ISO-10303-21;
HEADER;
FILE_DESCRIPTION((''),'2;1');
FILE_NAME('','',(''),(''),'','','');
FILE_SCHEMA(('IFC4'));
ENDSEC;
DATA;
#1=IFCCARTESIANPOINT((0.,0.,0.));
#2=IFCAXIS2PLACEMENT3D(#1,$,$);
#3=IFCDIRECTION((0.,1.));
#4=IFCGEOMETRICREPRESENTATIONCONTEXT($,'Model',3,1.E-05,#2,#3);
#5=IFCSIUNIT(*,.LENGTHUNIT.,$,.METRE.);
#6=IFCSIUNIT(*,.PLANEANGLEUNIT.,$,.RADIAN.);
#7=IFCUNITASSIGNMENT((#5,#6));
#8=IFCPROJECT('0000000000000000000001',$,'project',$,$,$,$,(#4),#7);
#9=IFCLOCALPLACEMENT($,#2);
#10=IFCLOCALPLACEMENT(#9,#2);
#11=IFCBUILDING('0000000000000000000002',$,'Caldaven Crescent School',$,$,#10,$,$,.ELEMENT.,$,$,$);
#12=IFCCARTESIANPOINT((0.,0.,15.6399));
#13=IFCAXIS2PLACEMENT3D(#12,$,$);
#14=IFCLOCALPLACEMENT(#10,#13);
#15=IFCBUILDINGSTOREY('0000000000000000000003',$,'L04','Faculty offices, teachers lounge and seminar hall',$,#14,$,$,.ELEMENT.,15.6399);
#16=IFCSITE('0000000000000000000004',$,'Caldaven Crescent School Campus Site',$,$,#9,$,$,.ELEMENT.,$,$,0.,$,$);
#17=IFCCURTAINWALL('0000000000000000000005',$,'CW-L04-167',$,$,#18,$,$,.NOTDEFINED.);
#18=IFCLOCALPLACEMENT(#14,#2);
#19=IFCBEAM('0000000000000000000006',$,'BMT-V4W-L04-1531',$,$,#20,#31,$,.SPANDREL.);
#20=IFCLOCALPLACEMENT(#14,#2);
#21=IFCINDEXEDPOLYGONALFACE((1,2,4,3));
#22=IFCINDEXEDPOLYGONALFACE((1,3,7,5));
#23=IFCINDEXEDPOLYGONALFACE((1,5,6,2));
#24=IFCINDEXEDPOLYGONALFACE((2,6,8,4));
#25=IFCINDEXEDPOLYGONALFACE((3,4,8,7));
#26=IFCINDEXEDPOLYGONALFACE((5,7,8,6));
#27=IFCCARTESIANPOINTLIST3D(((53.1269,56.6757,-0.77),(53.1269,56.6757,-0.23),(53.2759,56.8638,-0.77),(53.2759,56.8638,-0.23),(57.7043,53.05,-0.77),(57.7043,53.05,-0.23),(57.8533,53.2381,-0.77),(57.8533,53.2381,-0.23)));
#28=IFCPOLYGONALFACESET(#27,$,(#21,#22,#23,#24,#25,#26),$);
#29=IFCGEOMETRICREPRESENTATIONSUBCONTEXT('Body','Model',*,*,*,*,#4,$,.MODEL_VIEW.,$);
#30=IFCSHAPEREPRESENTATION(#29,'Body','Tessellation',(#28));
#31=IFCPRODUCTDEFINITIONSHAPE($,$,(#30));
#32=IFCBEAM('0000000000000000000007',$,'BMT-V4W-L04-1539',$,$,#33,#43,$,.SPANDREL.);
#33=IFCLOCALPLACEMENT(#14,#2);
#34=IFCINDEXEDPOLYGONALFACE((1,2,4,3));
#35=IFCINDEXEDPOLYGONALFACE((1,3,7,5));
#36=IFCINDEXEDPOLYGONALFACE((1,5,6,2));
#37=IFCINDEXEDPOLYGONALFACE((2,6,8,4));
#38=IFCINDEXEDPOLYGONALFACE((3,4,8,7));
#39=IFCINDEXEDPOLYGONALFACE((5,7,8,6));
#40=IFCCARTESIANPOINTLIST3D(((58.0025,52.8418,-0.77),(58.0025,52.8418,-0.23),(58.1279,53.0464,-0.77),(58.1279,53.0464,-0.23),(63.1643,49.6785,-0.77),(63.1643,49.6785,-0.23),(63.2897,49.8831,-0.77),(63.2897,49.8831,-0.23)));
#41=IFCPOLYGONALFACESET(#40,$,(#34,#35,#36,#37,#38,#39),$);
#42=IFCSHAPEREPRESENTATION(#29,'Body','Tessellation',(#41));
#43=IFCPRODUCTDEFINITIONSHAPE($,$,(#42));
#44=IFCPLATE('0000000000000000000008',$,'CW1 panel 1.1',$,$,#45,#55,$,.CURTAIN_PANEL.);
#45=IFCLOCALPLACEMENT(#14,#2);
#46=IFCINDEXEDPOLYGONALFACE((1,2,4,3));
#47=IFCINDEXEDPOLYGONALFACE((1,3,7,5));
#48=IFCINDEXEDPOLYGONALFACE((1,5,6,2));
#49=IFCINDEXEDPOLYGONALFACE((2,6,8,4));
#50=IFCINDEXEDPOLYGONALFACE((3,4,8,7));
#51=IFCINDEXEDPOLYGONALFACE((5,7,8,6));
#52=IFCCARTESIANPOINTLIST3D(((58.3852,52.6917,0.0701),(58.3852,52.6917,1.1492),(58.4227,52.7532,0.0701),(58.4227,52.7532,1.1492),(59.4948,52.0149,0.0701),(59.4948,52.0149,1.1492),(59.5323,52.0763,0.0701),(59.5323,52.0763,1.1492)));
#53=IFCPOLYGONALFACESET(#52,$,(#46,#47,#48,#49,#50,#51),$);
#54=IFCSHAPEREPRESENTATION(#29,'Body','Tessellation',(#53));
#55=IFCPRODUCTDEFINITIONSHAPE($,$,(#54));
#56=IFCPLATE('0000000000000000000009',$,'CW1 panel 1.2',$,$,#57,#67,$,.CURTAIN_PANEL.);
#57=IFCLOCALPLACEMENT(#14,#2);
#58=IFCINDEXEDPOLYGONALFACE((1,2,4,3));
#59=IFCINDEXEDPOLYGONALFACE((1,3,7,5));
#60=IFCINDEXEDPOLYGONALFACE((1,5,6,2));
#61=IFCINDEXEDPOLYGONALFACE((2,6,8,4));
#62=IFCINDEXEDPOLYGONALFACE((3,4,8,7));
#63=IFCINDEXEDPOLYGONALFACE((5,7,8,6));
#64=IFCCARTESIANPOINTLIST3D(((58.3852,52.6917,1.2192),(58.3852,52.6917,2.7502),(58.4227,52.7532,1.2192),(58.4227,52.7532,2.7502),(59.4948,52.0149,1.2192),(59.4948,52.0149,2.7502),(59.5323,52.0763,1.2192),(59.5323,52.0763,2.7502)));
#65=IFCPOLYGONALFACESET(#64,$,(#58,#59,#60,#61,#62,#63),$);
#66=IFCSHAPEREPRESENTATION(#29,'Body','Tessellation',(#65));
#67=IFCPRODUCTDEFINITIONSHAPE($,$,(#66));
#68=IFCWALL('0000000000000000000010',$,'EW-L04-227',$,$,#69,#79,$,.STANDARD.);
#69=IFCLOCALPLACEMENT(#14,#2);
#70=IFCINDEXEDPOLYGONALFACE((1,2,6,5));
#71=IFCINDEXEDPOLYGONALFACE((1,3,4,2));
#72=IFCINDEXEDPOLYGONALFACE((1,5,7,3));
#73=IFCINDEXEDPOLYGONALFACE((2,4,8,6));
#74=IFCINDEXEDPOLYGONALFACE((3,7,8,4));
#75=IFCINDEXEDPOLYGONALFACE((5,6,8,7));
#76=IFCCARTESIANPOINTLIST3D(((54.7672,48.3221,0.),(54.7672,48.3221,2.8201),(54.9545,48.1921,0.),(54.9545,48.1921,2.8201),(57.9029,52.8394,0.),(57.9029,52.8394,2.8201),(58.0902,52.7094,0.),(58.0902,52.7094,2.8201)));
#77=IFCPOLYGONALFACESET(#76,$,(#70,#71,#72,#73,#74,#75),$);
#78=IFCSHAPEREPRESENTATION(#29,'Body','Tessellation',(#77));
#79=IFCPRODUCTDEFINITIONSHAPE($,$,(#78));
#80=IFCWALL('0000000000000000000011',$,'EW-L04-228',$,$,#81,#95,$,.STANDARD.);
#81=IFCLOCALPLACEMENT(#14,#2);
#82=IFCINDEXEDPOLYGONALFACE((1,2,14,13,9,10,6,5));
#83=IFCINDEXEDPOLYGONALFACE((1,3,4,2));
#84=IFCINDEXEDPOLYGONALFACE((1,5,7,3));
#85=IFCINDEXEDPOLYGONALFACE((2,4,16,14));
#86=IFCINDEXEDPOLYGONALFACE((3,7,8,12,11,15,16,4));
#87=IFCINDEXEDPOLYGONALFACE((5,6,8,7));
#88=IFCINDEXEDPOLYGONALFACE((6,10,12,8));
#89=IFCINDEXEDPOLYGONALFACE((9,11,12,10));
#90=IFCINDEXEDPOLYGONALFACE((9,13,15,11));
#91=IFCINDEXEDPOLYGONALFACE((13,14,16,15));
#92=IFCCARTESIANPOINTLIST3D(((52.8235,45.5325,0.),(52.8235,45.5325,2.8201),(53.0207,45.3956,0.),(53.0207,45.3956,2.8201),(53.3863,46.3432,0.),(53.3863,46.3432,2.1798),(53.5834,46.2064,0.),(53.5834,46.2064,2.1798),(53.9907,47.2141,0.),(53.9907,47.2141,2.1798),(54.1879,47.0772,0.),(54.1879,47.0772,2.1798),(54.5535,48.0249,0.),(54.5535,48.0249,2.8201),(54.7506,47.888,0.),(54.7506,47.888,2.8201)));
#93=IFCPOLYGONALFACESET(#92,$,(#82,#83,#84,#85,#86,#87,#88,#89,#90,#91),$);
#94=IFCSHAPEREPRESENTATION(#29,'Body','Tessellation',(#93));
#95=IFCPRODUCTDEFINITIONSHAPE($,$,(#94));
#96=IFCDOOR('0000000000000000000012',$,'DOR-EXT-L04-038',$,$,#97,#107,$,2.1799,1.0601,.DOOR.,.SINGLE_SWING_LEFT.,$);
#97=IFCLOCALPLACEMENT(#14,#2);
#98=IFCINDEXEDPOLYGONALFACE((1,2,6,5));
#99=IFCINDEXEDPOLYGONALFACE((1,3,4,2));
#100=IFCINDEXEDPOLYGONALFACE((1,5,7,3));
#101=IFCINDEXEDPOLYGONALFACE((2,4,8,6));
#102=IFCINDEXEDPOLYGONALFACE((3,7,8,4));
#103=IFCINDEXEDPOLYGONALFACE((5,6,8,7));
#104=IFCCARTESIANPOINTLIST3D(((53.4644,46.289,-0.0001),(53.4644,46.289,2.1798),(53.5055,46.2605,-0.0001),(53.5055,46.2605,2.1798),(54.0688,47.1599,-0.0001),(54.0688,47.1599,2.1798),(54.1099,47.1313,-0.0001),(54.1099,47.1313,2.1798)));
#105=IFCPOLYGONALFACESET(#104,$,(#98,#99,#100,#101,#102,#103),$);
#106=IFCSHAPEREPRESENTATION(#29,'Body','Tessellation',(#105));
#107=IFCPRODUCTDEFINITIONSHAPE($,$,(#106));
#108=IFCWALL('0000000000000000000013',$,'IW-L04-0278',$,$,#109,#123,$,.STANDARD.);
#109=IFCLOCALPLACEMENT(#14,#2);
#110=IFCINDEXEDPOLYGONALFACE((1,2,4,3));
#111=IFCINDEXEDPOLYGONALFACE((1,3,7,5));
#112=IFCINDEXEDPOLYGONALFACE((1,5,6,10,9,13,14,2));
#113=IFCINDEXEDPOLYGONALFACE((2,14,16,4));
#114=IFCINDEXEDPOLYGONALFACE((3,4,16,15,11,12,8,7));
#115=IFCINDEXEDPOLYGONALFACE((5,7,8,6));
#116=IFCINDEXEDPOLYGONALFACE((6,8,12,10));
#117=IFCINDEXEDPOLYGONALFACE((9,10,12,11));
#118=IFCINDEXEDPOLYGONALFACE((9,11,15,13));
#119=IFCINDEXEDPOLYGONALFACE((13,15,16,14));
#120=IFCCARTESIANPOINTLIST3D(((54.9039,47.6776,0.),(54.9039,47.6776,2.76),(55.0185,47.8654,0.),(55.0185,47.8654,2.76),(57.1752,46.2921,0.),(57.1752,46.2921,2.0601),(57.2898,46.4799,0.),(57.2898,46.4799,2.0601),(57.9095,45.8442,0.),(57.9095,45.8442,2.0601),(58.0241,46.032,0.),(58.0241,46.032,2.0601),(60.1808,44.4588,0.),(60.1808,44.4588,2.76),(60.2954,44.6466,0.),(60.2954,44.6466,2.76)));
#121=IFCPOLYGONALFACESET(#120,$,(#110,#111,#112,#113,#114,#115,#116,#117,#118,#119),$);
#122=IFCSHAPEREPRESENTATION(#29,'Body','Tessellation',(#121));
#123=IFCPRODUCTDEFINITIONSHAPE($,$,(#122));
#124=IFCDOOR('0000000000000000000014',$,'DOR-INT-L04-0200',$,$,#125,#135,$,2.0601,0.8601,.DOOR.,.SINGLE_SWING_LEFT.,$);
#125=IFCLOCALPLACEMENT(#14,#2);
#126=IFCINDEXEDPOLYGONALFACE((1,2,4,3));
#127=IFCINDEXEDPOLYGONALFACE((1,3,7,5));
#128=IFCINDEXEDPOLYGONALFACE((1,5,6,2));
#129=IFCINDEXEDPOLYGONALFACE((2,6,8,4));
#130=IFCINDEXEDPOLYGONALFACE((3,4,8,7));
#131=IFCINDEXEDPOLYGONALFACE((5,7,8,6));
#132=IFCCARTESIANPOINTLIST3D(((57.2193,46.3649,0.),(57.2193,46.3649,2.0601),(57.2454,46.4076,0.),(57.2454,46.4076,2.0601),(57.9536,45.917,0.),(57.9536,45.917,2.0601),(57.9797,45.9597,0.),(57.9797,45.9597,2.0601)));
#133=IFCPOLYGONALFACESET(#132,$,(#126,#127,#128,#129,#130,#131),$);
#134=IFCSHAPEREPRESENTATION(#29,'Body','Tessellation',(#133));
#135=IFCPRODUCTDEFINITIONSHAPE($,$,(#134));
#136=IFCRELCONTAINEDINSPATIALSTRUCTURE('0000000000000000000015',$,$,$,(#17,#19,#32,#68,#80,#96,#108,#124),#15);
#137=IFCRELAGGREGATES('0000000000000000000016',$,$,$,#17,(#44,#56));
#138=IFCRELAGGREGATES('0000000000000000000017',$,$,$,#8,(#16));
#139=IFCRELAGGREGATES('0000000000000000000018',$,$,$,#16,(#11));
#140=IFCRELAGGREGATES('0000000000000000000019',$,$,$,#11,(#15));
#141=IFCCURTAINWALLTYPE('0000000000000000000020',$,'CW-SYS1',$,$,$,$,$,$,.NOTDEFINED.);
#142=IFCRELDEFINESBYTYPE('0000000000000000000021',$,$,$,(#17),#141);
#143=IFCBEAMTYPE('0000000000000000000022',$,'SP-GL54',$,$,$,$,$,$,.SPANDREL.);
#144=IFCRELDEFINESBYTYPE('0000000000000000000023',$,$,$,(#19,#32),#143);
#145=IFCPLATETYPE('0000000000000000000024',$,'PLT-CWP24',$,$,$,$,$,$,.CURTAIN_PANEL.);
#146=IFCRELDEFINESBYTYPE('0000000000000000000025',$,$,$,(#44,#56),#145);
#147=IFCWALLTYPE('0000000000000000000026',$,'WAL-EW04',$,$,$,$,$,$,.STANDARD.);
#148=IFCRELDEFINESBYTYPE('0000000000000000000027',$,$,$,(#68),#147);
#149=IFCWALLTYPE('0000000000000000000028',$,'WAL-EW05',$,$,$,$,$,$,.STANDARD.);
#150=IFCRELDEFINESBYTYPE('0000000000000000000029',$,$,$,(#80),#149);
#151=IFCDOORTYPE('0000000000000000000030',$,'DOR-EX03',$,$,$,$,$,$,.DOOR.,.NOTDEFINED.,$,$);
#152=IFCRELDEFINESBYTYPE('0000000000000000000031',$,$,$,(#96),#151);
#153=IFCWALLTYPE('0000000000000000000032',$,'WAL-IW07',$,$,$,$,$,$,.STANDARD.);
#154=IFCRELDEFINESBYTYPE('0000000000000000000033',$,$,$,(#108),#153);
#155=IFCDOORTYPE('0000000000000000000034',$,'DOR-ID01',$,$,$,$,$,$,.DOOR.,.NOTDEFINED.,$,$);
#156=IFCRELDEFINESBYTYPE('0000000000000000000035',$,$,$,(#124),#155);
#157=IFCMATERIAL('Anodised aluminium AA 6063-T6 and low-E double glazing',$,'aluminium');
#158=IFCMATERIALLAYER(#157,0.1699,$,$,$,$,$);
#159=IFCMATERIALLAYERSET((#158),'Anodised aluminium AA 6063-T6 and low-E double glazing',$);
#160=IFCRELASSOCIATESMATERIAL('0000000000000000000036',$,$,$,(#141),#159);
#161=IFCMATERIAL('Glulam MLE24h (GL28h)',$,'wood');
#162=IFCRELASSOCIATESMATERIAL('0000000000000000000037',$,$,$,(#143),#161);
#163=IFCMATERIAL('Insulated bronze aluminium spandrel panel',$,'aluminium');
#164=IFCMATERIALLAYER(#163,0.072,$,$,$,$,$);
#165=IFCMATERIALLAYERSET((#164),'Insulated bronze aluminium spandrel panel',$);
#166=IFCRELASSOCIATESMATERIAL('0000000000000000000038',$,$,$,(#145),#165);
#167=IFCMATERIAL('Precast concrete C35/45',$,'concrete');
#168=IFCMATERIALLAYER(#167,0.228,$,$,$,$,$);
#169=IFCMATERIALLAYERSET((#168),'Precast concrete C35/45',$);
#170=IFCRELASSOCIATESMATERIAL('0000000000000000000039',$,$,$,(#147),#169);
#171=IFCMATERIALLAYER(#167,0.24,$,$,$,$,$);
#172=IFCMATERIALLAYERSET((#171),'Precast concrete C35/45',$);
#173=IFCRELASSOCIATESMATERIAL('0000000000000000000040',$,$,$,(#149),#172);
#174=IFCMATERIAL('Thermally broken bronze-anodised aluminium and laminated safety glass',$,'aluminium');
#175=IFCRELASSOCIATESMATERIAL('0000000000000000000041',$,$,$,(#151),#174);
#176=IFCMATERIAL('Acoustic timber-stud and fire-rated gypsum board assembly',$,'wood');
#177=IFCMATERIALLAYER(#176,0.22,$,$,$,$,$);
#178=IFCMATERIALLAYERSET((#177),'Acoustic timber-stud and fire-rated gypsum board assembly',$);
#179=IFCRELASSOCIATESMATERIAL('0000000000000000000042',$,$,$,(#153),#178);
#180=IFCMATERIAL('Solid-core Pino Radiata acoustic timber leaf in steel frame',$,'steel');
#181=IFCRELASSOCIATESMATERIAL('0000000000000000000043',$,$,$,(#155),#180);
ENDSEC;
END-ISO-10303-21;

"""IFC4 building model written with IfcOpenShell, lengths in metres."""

from ifc_helpers import new_model, si_unit, direction, frame, frame_2d, origin, origin_2d, place, context, subcontext, project, spatial, rectangle, extrude, material, layer, layer_set, material_profile, profile_set, type_object, element, fill, aggregate, save


model = new_model("IFC4")

# Units and contexts
model_context = context("Model", 3, precision=1e-05, world=origin(), true_north=direction((0.0, 1.0)))
body_context = subcontext(model_context, "Body", "Model", "MODEL_VIEW")
ifc_project = project(units=[si_unit("LENGTHUNIT", "METRE"), si_unit("PLANEANGLEUNIT", "RADIAN")], contexts=[model_context])

# Site, building, storey
site_placement = place(None, origin())
site = spatial("IfcSite", under=ifc_project, at=site_placement, Name="Caldaven Crescent School Campus Site", CompositionType="ELEMENT", RefElevation=0.0)
building_placement = place(site_placement, origin())
building = spatial("IfcBuilding", under=site, at=building_placement, Name="Caldaven Crescent School", CompositionType="ELEMENT")
storey_placement = place(building_placement, frame((0.0, 0.0, 15.6399)))
storey = spatial("IfcBuildingStorey", under=building, at=storey_placement, Name="L04", Description="Faculty offices, teachers lounge and seminar hall", CompositionType="ELEMENT", Elevation=15.6399)

# Shared definitions
ifc_material_1 = material(Name="Glulam MLE24h (GL28h)", Category="wood")

# Curtain wall
ifc_material_2 = material(Name="Anodised aluminium AA 6063-T6 and low-E double glazing", Category="aluminium")
ifc_layer_1 = layer(ifc_material_2, 0.1699)
ifc_layer_set_1 = layer_set([ifc_layer_1], Name="Anodised aluminium AA 6063-T6 and low-E double glazing")
curtain_wall_type = type_object("IfcCurtainWallType", Name="CW-SYS1", PredefinedType="NOTDEFINED", material=ifc_layer_set_1)
curtain_wall_placement = place(storey_placement, origin())
curtain_wall = element("IfcCurtainWall", 1, at=curtain_wall_placement, inside=storey, type_object=curtain_wall_type, Name="CW-L04-167", PredefinedType="NOTDEFINED")

# Beams
ifc_material_profile_1 = material_profile(ifc_material_1, rectangle(XDim=0.24, YDim=0.54, at=origin_2d()), Name="MLE 240x540")
ifc_profile_set_1 = profile_set([ifc_material_profile_1], Name="Glulam MLE24h (GL28h)")
beam_type_1 = type_object("IfcBeamType", Name="SP-GL54", PredefinedType="SPANDREL", material=ifc_profile_set_1)
beam_1_placement = place(storey_placement, frame((53.2014, 56.7698, -0.5), z_axis=(0.783882, -0.62091, 0.0), x_axis=(0.62091, 0.783882, 0.0)))
element("IfcBeam", 2, at=beam_1_placement, inside=storey, type_object=beam_type_1, Name="BMT-V4W-L04-1531", PredefinedType="SPANDREL", context=body_context, shape_type="SweptSolid", body=[
    extrude(rectangle(XDim=0.24, YDim=0.54, at=origin_2d()), origin(), (0.0, 0.0, 1.0), 5.8394),
])
beam_2_placement = place(storey_placement, frame((58.0652, 52.9441, -0.5), z_axis=(0.85263, -0.522515, 0.0), x_axis=(0.522515, 0.85263, 0.0)))
element("IfcBeam", 3, at=beam_2_placement, inside=storey, type_object=beam_type_1, Name="BMT-V4W-L04-1539", PredefinedType="SPANDREL", context=body_context, shape_type="SweptSolid", body=[
    extrude(rectangle(XDim=0.24, YDim=0.54, at=origin_2d()), origin(), (0.0, 0.0, 1.0), 6.054),
])

# Plates
ifc_material_3 = material(Name="Insulated bronze aluminium spandrel panel", Category="aluminium")
ifc_layer_2 = layer(ifc_material_3, 0.072)
ifc_layer_set_2 = layer_set([ifc_layer_2], Name="Insulated bronze aluminium spandrel panel")
plate_type = type_object("IfcPlateType", Name="PLT-CWP24", PredefinedType="CURTAIN_PANEL", material=ifc_layer_set_2)
plate_1_placement = place(storey_placement, frame((58.9587, 52.384, 0.0701), z_axis=(0.0, 0.0, 1.0), x_axis=(0.853709, -0.520751, 0.0)))
plate_1 = element("IfcPlate", 4, at=plate_1_placement, type_object=plate_type, Name="CW1 panel 1.1", PredefinedType="CURTAIN_PANEL", context=body_context, shape_type="SweptSolid", body=[
    extrude(rectangle(XDim=1.2998, YDim=0.072, at=origin_2d()), origin(), (0.0, 0.0, 1.0), 1.0791),
])
plate_2_placement = place(storey_placement, frame((58.9587, 52.384, 1.2192), z_axis=(0.0, 0.0, 1.0), x_axis=(0.853709, -0.520751, 0.0)))
plate_2 = element("IfcPlate", 5, at=plate_2_placement, type_object=plate_type, Name="CW1 panel 1.2", PredefinedType="CURTAIN_PANEL", context=body_context, shape_type="SweptSolid", body=[
    extrude(rectangle(XDim=1.2998, YDim=0.072, at=origin_2d()), origin(), (0.0, 0.0, 1.0), 1.531),
])
aggregate(curtain_wall, [plate_1, plate_2])

# Wall
ifc_material_4 = material(Name="Precast concrete C35/45", Category="concrete")
ifc_layer_3 = layer(ifc_material_4, 0.228)
ifc_layer_set_3 = layer_set([ifc_layer_3], Name="Precast concrete C35/45")
wall_type_1 = type_object("IfcWallType", Name="WAL-EW04", PredefinedType="STANDARD", material=ifc_layer_set_3)
wall_1_placement = place(storey_placement, frame((57.9966, 52.7744, 0.0), z_axis=(0.0, 0.0, 1.0), x_axis=(-0.570237, -0.82148, 0.0)))
element("IfcWall", 6, at=wall_1_placement, inside=storey, type_object=wall_type_1, Name="EW-L04-227", PredefinedType="STANDARD", context=body_context, shape_type="SweptSolid", body=[
    extrude(rectangle(XDim=5.499, YDim=0.228, at=frame_2d((2.7495, 0.0))), origin(), (0.0, 0.0, 1.0), 2.8201),
])

# Walls, openings, doors
ifc_layer_4 = layer(ifc_material_4, 0.24)
ifc_layer_set_4 = layer_set([ifc_layer_4], Name="Precast concrete C35/45")
wall_type_2 = type_object("IfcWallType", Name="WAL-EW05", PredefinedType="STANDARD", material=ifc_layer_set_4)
wall_2_placement = place(storey_placement, frame((54.6521, 47.9565, 0.0), z_axis=(0.0, 0.0, 1.0), x_axis=(-0.570201, -0.821505, 0.0)))
wall_2 = element("IfcWall", 7, at=wall_2_placement, inside=storey, type_object=wall_type_2, Name="EW-L04-228", PredefinedType="STANDARD", context=body_context, shape_type="SweptSolid", body=[
    extrude(rectangle(XDim=3.0339, YDim=0.24, at=frame_2d((1.5171, 0.0))), origin(), (0.0, 0.0, 1.0), 2.8201),
])
opening_1_placement = place(wall_2_placement, frame((0.9871, 0.0, 0.0)))
opening_1 = element("IfcOpeningElement", 8, at=opening_1_placement, cuts=wall_2, PredefinedType="OPENING", context=body_context, shape_type="SweptSolid", body=[
    extrude(rectangle(XDim=1.0601, YDim=2.1799, at=frame_2d((0.53, 1.0898))), frame((0.0, 0.1299, 0.0), z_axis=(0.0, -1.0, 0.0), x_axis=(1.0, 0.0, 0.0)), (0.0, 0.0, 1.0), 0.26),
])
ifc_material_5 = material(Name="Thermally broken bronze-anodised aluminium and laminated safety glass", Category="aluminium")
door_type_1 = type_object("IfcDoorType", Name="DOR-EX03", OperationType="NOTDEFINED", PredefinedType="DOOR", material=ifc_material_5)
door_1_placement = place(opening_1_placement, frame((1.0601, 0.0, 0.0), z_axis=(0.0, 0.0, 1.0), x_axis=(-1.0, 0.0, 0.0)))
door_1 = element("IfcDoor", 9, at=door_1_placement, inside=storey, type_object=door_type_1, Name="DOR-EXT-L04-038", OperationType="SINGLE_SWING_LEFT", OverallHeight=2.1799, OverallWidth=1.0601, PredefinedType="DOOR", context=body_context, shape_type="SweptSolid", body=[
    extrude(rectangle(XDim=1.0601, YDim=2.1799, at=frame_2d((0.53, 1.0898))), frame((0.0, 0.0249, 0.0), z_axis=(0.0, -1.0, 0.0), x_axis=(1.0, 0.0, 0.0)), (0.0, 0.0, 1.0), 0.05),
])
fill(opening_1, door_1)
ifc_material_6 = material(Name="Acoustic timber-stud and fire-rated gypsum board assembly", Category="wood")
ifc_layer_5 = layer(ifc_material_6, 0.22)
ifc_layer_set_5 = layer_set([ifc_layer_5], Name="Acoustic timber-stud and fire-rated gypsum board assembly")
wall_type_3 = type_object("IfcWallType", Name="WAL-IW07", PredefinedType="STANDARD", material=ifc_layer_set_5)
wall_3_placement = place(storey_placement, frame((54.9612, 47.7715, 0.0), z_axis=(0.0, 0.0, 1.0), x_axis=(0.853713, -0.520744, 0.0)))
wall_3 = element("IfcWall", 10, at=wall_3_placement, inside=storey, type_object=wall_type_3, Name="IW-L04-0278", PredefinedType="STANDARD", context=body_context, shape_type="SweptSolid", body=[
    extrude(rectangle(XDim=6.1812, YDim=0.22, at=frame_2d((3.0906, 0.0))), origin(), (0.0, 0.0, 1.0), 2.76),
])
opening_2_placement = place(wall_3_placement, frame((2.6604, 0.0, 0.0)))
opening_2 = element("IfcOpeningElement", 11, at=opening_2_placement, cuts=wall_3, PredefinedType="OPENING", context=body_context, shape_type="SweptSolid", body=[
    extrude(rectangle(XDim=0.8601, YDim=2.0601, at=frame_2d((0.4302, 1.03))), frame((0.0, 0.1199, 0.0), z_axis=(0.0, -1.0, 0.0), x_axis=(1.0, 0.0, 0.0)), (0.0, 0.0, 1.0), 0.24),
])
ifc_material_7 = material(Name="Solid-core Pino Radiata acoustic timber leaf in steel frame", Category="steel")
door_type_2 = type_object("IfcDoorType", Name="DOR-ID01", OperationType="NOTDEFINED", PredefinedType="DOOR", material=ifc_material_7)
door_2_placement = place(opening_2_placement, frame((0.8601, 0.0, 0.0), z_axis=(0.0, 0.0, 1.0), x_axis=(-1.0, 0.0, 0.0)))
door_2 = element("IfcDoor", 12, at=door_2_placement, inside=storey, type_object=door_type_2, Name="DOR-INT-L04-0200", OperationType="SINGLE_SWING_LEFT", OverallHeight=2.0601, OverallWidth=0.8601, PredefinedType="DOOR", context=body_context, shape_type="SweptSolid", body=[
    extrude(rectangle(XDim=0.8601, YDim=2.0601, at=frame_2d((0.4302, 1.03))), frame((0.0, 0.0249, 0.0), z_axis=(0.0, -1.0, 0.0), x_axis=(1.0, 0.0, 0.0)), (0.0, 0.0, 1.0), 0.05),
])
fill(opening_2, door_2)

save(model, "model.ifc")
